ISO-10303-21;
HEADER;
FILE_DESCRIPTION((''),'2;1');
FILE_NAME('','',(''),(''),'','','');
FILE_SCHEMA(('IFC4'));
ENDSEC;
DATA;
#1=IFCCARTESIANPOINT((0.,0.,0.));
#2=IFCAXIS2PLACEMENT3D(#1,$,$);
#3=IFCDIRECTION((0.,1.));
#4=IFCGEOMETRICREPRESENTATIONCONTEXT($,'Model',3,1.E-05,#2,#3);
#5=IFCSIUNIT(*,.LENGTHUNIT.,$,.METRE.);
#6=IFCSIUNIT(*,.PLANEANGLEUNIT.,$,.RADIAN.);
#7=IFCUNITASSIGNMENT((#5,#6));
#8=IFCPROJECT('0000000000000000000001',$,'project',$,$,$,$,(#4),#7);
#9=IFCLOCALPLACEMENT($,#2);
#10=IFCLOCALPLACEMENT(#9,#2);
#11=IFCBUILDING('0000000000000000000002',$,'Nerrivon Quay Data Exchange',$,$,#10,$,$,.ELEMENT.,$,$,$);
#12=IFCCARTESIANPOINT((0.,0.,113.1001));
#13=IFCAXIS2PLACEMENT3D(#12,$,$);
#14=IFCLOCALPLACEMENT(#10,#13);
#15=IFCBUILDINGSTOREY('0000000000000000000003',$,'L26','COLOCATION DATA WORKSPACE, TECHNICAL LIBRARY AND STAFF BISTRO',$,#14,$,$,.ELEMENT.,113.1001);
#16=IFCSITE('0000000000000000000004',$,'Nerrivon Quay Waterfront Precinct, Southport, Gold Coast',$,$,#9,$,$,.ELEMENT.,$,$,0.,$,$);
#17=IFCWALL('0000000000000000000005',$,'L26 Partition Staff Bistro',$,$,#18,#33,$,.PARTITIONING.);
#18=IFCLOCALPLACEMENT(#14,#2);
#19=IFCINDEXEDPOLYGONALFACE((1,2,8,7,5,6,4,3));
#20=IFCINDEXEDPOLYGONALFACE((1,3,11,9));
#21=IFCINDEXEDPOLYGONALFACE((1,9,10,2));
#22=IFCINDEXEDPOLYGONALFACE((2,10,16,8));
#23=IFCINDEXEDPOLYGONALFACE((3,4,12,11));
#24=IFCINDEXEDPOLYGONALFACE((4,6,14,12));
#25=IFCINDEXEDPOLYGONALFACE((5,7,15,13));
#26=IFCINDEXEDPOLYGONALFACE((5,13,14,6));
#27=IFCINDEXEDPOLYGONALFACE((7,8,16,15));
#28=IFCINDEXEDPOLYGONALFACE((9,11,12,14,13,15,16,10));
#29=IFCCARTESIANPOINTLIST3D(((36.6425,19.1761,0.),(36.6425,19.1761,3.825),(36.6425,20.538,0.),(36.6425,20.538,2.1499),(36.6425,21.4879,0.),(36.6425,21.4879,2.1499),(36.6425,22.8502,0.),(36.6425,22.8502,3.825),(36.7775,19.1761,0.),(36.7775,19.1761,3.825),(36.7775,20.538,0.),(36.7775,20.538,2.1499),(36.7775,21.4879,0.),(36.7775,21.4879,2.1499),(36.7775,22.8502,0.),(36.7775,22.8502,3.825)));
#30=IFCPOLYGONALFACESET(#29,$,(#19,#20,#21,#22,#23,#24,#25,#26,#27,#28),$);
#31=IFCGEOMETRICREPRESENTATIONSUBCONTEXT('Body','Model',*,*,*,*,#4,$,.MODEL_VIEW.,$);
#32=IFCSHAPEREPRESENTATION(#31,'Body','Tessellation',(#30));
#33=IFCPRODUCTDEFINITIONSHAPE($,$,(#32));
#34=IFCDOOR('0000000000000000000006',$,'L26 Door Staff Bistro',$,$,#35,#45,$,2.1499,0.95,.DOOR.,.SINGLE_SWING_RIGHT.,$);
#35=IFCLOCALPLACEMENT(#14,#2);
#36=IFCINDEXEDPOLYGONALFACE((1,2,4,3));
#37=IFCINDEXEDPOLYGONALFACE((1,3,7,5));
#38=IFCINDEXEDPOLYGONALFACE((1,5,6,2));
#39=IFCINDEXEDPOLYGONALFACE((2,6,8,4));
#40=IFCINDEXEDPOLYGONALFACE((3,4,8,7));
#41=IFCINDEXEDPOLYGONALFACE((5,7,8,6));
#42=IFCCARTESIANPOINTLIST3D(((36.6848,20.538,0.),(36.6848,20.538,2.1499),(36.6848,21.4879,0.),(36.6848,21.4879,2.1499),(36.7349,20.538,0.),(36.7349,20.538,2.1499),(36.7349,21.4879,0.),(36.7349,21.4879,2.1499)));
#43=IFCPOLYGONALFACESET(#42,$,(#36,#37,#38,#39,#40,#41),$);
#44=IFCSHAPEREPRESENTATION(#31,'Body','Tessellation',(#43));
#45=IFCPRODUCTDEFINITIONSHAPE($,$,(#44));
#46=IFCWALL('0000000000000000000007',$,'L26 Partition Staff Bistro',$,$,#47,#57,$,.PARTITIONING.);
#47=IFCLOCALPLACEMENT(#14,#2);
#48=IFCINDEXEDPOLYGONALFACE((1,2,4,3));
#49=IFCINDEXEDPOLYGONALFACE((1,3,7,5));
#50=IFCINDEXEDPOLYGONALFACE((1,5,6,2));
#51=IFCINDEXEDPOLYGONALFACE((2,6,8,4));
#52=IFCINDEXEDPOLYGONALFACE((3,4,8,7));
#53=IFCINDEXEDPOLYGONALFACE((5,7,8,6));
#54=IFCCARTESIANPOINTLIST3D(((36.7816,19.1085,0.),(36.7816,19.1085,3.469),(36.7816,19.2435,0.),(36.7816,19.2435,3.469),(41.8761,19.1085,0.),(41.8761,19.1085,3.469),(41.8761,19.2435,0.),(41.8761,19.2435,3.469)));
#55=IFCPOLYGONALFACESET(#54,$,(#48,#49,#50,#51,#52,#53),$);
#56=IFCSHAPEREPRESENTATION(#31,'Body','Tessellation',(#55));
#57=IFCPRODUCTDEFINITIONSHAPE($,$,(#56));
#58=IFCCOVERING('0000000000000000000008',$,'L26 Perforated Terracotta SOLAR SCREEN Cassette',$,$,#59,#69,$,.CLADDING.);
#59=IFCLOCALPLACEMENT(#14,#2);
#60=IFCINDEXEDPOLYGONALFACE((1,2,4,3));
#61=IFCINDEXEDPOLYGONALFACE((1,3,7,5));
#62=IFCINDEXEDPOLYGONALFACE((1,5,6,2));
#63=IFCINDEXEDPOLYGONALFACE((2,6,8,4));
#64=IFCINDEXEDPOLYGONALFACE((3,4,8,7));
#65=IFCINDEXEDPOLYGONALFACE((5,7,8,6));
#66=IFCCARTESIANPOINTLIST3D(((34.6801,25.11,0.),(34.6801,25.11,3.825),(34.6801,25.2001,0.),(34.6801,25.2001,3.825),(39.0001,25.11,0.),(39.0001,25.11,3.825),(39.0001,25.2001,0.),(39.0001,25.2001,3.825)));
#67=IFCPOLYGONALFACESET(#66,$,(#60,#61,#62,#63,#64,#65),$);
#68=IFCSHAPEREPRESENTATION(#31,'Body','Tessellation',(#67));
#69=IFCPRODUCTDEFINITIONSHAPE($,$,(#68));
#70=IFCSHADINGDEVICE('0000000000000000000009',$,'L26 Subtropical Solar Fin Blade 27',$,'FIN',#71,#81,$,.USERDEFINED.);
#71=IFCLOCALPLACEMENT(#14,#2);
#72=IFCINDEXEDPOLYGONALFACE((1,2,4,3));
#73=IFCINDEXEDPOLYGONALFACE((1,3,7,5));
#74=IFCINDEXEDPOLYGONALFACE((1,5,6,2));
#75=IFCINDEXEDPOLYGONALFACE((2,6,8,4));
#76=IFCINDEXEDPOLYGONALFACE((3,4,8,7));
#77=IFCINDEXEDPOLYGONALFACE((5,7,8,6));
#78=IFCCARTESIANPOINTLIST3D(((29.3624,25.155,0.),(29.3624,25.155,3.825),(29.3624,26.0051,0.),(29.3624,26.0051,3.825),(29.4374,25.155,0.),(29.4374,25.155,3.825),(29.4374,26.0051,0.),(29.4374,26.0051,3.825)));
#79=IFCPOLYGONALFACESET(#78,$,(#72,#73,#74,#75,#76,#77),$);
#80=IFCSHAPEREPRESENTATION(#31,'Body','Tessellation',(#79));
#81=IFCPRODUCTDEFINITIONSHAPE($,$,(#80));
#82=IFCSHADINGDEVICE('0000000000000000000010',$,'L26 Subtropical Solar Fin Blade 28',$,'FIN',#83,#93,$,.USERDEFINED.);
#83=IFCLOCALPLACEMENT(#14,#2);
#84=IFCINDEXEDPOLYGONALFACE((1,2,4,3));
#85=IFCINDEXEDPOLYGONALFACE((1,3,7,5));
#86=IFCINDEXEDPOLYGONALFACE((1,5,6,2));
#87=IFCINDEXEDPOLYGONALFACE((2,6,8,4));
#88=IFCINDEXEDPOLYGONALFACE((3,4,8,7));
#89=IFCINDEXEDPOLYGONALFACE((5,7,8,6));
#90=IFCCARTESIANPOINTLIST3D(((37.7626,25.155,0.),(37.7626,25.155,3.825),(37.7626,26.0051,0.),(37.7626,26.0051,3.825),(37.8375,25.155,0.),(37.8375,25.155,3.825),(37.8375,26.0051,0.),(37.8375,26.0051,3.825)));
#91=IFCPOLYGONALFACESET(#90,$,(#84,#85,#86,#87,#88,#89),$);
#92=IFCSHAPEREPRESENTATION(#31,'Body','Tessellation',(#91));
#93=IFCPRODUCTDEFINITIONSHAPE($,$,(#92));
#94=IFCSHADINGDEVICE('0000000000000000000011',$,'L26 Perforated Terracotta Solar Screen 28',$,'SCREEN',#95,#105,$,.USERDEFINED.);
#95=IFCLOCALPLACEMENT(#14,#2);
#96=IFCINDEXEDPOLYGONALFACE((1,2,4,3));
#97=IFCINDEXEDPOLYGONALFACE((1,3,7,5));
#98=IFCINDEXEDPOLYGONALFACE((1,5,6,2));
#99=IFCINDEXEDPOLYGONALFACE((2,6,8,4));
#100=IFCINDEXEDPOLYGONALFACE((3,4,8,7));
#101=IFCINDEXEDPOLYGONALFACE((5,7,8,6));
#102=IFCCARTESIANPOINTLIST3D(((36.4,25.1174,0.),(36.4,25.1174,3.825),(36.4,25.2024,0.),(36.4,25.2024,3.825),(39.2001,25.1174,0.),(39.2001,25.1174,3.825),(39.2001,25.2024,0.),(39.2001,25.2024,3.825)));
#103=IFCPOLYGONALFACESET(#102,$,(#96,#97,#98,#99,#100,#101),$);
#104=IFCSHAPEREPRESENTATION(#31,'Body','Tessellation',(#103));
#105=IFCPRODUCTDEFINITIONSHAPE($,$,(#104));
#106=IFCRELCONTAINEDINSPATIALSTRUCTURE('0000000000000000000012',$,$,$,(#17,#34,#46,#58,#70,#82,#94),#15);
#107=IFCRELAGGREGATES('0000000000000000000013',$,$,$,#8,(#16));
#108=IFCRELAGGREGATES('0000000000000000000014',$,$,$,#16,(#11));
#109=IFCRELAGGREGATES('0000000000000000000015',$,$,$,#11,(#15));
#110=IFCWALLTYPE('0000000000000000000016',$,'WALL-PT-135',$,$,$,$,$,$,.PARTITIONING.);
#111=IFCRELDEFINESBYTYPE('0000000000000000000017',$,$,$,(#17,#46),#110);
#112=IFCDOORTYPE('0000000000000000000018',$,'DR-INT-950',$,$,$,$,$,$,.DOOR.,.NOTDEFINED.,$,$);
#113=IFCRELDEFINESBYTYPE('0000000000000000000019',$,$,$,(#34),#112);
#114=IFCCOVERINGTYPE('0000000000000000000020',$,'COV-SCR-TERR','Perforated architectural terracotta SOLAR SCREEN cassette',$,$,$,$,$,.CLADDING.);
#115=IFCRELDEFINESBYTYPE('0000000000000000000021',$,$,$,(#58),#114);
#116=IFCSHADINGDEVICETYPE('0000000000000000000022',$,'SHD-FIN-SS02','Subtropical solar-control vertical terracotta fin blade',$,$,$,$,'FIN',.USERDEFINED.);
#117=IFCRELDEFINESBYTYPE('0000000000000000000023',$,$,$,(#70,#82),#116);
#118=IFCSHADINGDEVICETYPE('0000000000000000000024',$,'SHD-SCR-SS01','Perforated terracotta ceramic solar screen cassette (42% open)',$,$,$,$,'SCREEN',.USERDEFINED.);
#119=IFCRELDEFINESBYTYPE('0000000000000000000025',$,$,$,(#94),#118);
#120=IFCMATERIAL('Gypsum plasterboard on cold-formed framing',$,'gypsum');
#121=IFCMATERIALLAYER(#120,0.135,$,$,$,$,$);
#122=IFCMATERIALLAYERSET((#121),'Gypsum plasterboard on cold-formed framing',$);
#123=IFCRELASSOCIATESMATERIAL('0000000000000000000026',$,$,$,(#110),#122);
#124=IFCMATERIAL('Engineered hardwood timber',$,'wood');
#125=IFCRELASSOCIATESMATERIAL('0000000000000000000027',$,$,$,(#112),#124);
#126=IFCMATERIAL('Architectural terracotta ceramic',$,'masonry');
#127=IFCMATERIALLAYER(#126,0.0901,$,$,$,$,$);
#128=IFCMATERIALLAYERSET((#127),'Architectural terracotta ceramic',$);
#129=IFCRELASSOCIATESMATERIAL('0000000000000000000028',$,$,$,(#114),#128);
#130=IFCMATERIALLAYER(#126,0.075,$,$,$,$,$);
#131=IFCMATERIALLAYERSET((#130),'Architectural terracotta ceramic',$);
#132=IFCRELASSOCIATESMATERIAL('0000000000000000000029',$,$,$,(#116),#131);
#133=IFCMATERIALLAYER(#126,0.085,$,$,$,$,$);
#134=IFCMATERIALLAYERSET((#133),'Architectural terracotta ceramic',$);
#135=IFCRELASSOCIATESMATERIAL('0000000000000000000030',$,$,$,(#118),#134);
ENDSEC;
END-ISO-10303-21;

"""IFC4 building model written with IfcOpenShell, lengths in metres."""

from ifc_helpers import new_model, si_unit, direction, frame, frame_2d, origin, origin_2d, place, context, subcontext, project, spatial, rectangle, extrude, material, layer, layer_set, type_object, element, fill, save


model = new_model("IFC4")

# Units and contexts
model_context = context("Model", 3, precision=1e-05, world=origin(), true_north=direction((0.0, 1.0)))
body_context = subcontext(model_context, "Body", "Model", "MODEL_VIEW")
ifc_project = project(units=[si_unit("LENGTHUNIT", "METRE"), si_unit("PLANEANGLEUNIT", "RADIAN")], contexts=[model_context])

# Site, building, storey
site_placement = place(None, origin())
site = spatial("IfcSite", under=ifc_project, at=site_placement, Name="Nerrivon Quay Waterfront Precinct, Southport, Gold Coast", CompositionType="ELEMENT", RefElevation=0.0)
building_placement = place(site_placement, origin())
building = spatial("IfcBuilding", under=site, at=building_placement, Name="Nerrivon Quay Data Exchange", CompositionType="ELEMENT")
storey_placement = place(building_placement, frame((0.0, 0.0, 113.1001)))
storey = spatial("IfcBuildingStorey", under=building, at=storey_placement, Name="L26", Description="COLOCATION DATA WORKSPACE, TECHNICAL LIBRARY AND STAFF BISTRO", CompositionType="ELEMENT", Elevation=113.1001)

# Shared definitions
ifc_material_1 = material(Name="Gypsum plasterboard on cold-formed framing", Category="gypsum")

# Shared definitions
ifc_material_2 = material(Name="Engineered hardwood timber", Category="wood")

# Wall, opening, door
ifc_layer_1 = layer(ifc_material_1, 0.135)
ifc_layer_set_1 = layer_set([ifc_layer_1], Name="Gypsum plasterboard on cold-formed framing")
wall_type_1 = type_object("IfcWallType", Name="WALL-PT-135", PredefinedType="PARTITIONING", material=ifc_layer_set_1)
wall_1_placement = place(storey_placement, frame((36.71, 22.8501, 0.0), z_axis=(0.0, 0.0, 1.0), x_axis=(0.0, -1.0, 0.0)))
wall_1 = element("IfcWall", 1, at=wall_1_placement, inside=storey, type_object=wall_type_1, Name="L26 Partition Staff Bistro", PredefinedType="PARTITIONING", context=body_context, shape_type="SweptSolid", body=[
    extrude(rectangle(XDim=3.6741, YDim=0.135, at=frame_2d((1.8369, 0.0))), origin(), (0.0, 0.0, 1.0), 3.825),
])
opening_1_placement = place(wall_1_placement, frame((1.3621, 0.0, 0.0)))
opening_1 = element("IfcOpeningElement", 2, at=opening_1_placement, cuts=wall_1, PredefinedType="OPENING", context=body_context, shape_type="SweptSolid", body=[
    extrude(rectangle(XDim=0.95, YDim=2.1499, at=frame_2d((0.4751, 1.075))), frame((0.0, 0.0774, 0.0), z_axis=(0.0, -1.0, 0.0), x_axis=(1.0, 0.0, 0.0)), (0.0, 0.0, 1.0), 0.155),
])
door_type_1 = type_object("IfcDoorType", Name="DR-INT-950", OperationType="NOTDEFINED", PredefinedType="DOOR", material=ifc_material_2)
door_1_placement = place(opening_1_placement, origin())
door_1 = element("IfcDoor", 3, at=door_1_placement, inside=storey, type_object=door_type_1, Name="L26 Door Staff Bistro", OperationType="SINGLE_SWING_RIGHT", OverallHeight=2.1499, OverallWidth=0.95, PredefinedType="DOOR", context=body_context, shape_type="SweptSolid", body=[
    extrude(rectangle(XDim=0.95, YDim=2.1499, at=frame_2d((0.4751, 1.075))), frame((0.0, 0.0249, 0.0), z_axis=(0.0, -1.0, 0.0), x_axis=(1.0, 0.0, 0.0)), (0.0, 0.0, 1.0), 0.05),
])
fill(opening_1, door_1)

# Wall
wall_2_placement = place(storey_placement, frame((36.7815, 19.176, 0.0), z_axis=(0.0, 0.0, 1.0), x_axis=(1.0, 0.0, 0.0)))
element("IfcWall", 4, at=wall_2_placement, inside=storey, type_object=wall_type_1, Name="L26 Partition Staff Bistro", PredefinedType="PARTITIONING", context=body_context, shape_type="SweptSolid", body=[
    extrude(rectangle(XDim=5.0945, YDim=0.135, at=frame_2d((2.5474, 0.0))), origin(), (0.0, 0.0, 1.0), 3.469),
])

# Covering
ifc_material_3 = material(Name="Architectural terracotta ceramic", Category="masonry")
ifc_layer_2 = layer(ifc_material_3, 0.0901)
ifc_layer_set_2 = layer_set([ifc_layer_2], Name="Architectural terracotta ceramic")
covering_type = type_object("IfcCoveringType", Name="COV-SCR-TERR", Description="Perforated architectural terracotta SOLAR SCREEN cassette", PredefinedType="CLADDING", material=ifc_layer_set_2)
covering_placement = place(storey_placement, frame((36.8401, 25.155, 0.0), z_axis=(0.0, 0.0, 1.0), x_axis=(1.0, 0.0, 0.0)))
element("IfcCovering", 5, at=covering_placement, inside=storey, type_object=covering_type, Name="L26 Perforated Terracotta SOLAR SCREEN Cassette", PredefinedType="CLADDING", context=body_context, shape_type="SweptSolid", body=[
    extrude(rectangle(XDim=4.3201, YDim=0.0901, at=origin_2d()), origin(), (0.0, 0.0, 1.0), 3.825),
])

# Shading devices
ifc_layer_3 = layer(ifc_material_3, 0.075)
ifc_layer_set_3 = layer_set([ifc_layer_3], Name="Architectural terracotta ceramic")
shading_device_type_1 = type_object("IfcShadingDeviceType", Name="SHD-FIN-SS02", Description="Subtropical solar-control vertical terracotta fin blade", ElementType="FIN", PredefinedType="USERDEFINED", material=ifc_layer_set_3)
for number, where, z_axis, x_axis, name in (
    (6, (29.3999, 25.5801, 0.0), (0.0, 0.0, 1.0), (1.0, 0.0, 0.0), "L26 Subtropical Solar Fin Blade 27"),
    (7, (37.8, 25.5801, 0.0), (0.0, 0.0, 1.0), (1.0, 0.0, 0.0), "L26 Subtropical Solar Fin Blade 28"),
):
    element("IfcShadingDevice", number, at=place(storey_placement, frame(where, z_axis=z_axis, x_axis=x_axis)), inside=storey, type_object=shading_device_type_1, Name=name, ObjectType="FIN", PredefinedType="USERDEFINED", context=body_context, shape_type="SweptSolid", body=[
        extrude(rectangle(XDim=0.075, YDim=0.8501, at=origin_2d()), origin(), (0.0, 0.0, 1.0), 3.825),
    ])
ifc_layer_4 = layer(ifc_material_3, 0.085)
ifc_layer_set_4 = layer_set([ifc_layer_4], Name="Architectural terracotta ceramic")
shading_device_type_2 = type_object("IfcShadingDeviceType", Name="SHD-SCR-SS01", Description="Perforated terracotta ceramic solar screen cassette (42% open)", ElementType="SCREEN", PredefinedType="USERDEFINED", material=ifc_layer_set_4)
shading_device_placement = place(storey_placement, frame((37.8, 25.1599, 0.0), z_axis=(0.0, 0.0, 1.0), x_axis=(1.0, 0.0, 0.0)))
element("IfcShadingDevice", 8, at=shading_device_placement, inside=storey, type_object=shading_device_type_2, Name="L26 Perforated Terracotta Solar Screen 28", ObjectType="SCREEN", PredefinedType="USERDEFINED", context=body_context, shape_type="SweptSolid", body=[
    extrude(rectangle(XDim=2.8, YDim=0.085, at=origin_2d()), origin(), (0.0, 0.0, 1.0), 3.825),
])

save(model, "model.ifc")
